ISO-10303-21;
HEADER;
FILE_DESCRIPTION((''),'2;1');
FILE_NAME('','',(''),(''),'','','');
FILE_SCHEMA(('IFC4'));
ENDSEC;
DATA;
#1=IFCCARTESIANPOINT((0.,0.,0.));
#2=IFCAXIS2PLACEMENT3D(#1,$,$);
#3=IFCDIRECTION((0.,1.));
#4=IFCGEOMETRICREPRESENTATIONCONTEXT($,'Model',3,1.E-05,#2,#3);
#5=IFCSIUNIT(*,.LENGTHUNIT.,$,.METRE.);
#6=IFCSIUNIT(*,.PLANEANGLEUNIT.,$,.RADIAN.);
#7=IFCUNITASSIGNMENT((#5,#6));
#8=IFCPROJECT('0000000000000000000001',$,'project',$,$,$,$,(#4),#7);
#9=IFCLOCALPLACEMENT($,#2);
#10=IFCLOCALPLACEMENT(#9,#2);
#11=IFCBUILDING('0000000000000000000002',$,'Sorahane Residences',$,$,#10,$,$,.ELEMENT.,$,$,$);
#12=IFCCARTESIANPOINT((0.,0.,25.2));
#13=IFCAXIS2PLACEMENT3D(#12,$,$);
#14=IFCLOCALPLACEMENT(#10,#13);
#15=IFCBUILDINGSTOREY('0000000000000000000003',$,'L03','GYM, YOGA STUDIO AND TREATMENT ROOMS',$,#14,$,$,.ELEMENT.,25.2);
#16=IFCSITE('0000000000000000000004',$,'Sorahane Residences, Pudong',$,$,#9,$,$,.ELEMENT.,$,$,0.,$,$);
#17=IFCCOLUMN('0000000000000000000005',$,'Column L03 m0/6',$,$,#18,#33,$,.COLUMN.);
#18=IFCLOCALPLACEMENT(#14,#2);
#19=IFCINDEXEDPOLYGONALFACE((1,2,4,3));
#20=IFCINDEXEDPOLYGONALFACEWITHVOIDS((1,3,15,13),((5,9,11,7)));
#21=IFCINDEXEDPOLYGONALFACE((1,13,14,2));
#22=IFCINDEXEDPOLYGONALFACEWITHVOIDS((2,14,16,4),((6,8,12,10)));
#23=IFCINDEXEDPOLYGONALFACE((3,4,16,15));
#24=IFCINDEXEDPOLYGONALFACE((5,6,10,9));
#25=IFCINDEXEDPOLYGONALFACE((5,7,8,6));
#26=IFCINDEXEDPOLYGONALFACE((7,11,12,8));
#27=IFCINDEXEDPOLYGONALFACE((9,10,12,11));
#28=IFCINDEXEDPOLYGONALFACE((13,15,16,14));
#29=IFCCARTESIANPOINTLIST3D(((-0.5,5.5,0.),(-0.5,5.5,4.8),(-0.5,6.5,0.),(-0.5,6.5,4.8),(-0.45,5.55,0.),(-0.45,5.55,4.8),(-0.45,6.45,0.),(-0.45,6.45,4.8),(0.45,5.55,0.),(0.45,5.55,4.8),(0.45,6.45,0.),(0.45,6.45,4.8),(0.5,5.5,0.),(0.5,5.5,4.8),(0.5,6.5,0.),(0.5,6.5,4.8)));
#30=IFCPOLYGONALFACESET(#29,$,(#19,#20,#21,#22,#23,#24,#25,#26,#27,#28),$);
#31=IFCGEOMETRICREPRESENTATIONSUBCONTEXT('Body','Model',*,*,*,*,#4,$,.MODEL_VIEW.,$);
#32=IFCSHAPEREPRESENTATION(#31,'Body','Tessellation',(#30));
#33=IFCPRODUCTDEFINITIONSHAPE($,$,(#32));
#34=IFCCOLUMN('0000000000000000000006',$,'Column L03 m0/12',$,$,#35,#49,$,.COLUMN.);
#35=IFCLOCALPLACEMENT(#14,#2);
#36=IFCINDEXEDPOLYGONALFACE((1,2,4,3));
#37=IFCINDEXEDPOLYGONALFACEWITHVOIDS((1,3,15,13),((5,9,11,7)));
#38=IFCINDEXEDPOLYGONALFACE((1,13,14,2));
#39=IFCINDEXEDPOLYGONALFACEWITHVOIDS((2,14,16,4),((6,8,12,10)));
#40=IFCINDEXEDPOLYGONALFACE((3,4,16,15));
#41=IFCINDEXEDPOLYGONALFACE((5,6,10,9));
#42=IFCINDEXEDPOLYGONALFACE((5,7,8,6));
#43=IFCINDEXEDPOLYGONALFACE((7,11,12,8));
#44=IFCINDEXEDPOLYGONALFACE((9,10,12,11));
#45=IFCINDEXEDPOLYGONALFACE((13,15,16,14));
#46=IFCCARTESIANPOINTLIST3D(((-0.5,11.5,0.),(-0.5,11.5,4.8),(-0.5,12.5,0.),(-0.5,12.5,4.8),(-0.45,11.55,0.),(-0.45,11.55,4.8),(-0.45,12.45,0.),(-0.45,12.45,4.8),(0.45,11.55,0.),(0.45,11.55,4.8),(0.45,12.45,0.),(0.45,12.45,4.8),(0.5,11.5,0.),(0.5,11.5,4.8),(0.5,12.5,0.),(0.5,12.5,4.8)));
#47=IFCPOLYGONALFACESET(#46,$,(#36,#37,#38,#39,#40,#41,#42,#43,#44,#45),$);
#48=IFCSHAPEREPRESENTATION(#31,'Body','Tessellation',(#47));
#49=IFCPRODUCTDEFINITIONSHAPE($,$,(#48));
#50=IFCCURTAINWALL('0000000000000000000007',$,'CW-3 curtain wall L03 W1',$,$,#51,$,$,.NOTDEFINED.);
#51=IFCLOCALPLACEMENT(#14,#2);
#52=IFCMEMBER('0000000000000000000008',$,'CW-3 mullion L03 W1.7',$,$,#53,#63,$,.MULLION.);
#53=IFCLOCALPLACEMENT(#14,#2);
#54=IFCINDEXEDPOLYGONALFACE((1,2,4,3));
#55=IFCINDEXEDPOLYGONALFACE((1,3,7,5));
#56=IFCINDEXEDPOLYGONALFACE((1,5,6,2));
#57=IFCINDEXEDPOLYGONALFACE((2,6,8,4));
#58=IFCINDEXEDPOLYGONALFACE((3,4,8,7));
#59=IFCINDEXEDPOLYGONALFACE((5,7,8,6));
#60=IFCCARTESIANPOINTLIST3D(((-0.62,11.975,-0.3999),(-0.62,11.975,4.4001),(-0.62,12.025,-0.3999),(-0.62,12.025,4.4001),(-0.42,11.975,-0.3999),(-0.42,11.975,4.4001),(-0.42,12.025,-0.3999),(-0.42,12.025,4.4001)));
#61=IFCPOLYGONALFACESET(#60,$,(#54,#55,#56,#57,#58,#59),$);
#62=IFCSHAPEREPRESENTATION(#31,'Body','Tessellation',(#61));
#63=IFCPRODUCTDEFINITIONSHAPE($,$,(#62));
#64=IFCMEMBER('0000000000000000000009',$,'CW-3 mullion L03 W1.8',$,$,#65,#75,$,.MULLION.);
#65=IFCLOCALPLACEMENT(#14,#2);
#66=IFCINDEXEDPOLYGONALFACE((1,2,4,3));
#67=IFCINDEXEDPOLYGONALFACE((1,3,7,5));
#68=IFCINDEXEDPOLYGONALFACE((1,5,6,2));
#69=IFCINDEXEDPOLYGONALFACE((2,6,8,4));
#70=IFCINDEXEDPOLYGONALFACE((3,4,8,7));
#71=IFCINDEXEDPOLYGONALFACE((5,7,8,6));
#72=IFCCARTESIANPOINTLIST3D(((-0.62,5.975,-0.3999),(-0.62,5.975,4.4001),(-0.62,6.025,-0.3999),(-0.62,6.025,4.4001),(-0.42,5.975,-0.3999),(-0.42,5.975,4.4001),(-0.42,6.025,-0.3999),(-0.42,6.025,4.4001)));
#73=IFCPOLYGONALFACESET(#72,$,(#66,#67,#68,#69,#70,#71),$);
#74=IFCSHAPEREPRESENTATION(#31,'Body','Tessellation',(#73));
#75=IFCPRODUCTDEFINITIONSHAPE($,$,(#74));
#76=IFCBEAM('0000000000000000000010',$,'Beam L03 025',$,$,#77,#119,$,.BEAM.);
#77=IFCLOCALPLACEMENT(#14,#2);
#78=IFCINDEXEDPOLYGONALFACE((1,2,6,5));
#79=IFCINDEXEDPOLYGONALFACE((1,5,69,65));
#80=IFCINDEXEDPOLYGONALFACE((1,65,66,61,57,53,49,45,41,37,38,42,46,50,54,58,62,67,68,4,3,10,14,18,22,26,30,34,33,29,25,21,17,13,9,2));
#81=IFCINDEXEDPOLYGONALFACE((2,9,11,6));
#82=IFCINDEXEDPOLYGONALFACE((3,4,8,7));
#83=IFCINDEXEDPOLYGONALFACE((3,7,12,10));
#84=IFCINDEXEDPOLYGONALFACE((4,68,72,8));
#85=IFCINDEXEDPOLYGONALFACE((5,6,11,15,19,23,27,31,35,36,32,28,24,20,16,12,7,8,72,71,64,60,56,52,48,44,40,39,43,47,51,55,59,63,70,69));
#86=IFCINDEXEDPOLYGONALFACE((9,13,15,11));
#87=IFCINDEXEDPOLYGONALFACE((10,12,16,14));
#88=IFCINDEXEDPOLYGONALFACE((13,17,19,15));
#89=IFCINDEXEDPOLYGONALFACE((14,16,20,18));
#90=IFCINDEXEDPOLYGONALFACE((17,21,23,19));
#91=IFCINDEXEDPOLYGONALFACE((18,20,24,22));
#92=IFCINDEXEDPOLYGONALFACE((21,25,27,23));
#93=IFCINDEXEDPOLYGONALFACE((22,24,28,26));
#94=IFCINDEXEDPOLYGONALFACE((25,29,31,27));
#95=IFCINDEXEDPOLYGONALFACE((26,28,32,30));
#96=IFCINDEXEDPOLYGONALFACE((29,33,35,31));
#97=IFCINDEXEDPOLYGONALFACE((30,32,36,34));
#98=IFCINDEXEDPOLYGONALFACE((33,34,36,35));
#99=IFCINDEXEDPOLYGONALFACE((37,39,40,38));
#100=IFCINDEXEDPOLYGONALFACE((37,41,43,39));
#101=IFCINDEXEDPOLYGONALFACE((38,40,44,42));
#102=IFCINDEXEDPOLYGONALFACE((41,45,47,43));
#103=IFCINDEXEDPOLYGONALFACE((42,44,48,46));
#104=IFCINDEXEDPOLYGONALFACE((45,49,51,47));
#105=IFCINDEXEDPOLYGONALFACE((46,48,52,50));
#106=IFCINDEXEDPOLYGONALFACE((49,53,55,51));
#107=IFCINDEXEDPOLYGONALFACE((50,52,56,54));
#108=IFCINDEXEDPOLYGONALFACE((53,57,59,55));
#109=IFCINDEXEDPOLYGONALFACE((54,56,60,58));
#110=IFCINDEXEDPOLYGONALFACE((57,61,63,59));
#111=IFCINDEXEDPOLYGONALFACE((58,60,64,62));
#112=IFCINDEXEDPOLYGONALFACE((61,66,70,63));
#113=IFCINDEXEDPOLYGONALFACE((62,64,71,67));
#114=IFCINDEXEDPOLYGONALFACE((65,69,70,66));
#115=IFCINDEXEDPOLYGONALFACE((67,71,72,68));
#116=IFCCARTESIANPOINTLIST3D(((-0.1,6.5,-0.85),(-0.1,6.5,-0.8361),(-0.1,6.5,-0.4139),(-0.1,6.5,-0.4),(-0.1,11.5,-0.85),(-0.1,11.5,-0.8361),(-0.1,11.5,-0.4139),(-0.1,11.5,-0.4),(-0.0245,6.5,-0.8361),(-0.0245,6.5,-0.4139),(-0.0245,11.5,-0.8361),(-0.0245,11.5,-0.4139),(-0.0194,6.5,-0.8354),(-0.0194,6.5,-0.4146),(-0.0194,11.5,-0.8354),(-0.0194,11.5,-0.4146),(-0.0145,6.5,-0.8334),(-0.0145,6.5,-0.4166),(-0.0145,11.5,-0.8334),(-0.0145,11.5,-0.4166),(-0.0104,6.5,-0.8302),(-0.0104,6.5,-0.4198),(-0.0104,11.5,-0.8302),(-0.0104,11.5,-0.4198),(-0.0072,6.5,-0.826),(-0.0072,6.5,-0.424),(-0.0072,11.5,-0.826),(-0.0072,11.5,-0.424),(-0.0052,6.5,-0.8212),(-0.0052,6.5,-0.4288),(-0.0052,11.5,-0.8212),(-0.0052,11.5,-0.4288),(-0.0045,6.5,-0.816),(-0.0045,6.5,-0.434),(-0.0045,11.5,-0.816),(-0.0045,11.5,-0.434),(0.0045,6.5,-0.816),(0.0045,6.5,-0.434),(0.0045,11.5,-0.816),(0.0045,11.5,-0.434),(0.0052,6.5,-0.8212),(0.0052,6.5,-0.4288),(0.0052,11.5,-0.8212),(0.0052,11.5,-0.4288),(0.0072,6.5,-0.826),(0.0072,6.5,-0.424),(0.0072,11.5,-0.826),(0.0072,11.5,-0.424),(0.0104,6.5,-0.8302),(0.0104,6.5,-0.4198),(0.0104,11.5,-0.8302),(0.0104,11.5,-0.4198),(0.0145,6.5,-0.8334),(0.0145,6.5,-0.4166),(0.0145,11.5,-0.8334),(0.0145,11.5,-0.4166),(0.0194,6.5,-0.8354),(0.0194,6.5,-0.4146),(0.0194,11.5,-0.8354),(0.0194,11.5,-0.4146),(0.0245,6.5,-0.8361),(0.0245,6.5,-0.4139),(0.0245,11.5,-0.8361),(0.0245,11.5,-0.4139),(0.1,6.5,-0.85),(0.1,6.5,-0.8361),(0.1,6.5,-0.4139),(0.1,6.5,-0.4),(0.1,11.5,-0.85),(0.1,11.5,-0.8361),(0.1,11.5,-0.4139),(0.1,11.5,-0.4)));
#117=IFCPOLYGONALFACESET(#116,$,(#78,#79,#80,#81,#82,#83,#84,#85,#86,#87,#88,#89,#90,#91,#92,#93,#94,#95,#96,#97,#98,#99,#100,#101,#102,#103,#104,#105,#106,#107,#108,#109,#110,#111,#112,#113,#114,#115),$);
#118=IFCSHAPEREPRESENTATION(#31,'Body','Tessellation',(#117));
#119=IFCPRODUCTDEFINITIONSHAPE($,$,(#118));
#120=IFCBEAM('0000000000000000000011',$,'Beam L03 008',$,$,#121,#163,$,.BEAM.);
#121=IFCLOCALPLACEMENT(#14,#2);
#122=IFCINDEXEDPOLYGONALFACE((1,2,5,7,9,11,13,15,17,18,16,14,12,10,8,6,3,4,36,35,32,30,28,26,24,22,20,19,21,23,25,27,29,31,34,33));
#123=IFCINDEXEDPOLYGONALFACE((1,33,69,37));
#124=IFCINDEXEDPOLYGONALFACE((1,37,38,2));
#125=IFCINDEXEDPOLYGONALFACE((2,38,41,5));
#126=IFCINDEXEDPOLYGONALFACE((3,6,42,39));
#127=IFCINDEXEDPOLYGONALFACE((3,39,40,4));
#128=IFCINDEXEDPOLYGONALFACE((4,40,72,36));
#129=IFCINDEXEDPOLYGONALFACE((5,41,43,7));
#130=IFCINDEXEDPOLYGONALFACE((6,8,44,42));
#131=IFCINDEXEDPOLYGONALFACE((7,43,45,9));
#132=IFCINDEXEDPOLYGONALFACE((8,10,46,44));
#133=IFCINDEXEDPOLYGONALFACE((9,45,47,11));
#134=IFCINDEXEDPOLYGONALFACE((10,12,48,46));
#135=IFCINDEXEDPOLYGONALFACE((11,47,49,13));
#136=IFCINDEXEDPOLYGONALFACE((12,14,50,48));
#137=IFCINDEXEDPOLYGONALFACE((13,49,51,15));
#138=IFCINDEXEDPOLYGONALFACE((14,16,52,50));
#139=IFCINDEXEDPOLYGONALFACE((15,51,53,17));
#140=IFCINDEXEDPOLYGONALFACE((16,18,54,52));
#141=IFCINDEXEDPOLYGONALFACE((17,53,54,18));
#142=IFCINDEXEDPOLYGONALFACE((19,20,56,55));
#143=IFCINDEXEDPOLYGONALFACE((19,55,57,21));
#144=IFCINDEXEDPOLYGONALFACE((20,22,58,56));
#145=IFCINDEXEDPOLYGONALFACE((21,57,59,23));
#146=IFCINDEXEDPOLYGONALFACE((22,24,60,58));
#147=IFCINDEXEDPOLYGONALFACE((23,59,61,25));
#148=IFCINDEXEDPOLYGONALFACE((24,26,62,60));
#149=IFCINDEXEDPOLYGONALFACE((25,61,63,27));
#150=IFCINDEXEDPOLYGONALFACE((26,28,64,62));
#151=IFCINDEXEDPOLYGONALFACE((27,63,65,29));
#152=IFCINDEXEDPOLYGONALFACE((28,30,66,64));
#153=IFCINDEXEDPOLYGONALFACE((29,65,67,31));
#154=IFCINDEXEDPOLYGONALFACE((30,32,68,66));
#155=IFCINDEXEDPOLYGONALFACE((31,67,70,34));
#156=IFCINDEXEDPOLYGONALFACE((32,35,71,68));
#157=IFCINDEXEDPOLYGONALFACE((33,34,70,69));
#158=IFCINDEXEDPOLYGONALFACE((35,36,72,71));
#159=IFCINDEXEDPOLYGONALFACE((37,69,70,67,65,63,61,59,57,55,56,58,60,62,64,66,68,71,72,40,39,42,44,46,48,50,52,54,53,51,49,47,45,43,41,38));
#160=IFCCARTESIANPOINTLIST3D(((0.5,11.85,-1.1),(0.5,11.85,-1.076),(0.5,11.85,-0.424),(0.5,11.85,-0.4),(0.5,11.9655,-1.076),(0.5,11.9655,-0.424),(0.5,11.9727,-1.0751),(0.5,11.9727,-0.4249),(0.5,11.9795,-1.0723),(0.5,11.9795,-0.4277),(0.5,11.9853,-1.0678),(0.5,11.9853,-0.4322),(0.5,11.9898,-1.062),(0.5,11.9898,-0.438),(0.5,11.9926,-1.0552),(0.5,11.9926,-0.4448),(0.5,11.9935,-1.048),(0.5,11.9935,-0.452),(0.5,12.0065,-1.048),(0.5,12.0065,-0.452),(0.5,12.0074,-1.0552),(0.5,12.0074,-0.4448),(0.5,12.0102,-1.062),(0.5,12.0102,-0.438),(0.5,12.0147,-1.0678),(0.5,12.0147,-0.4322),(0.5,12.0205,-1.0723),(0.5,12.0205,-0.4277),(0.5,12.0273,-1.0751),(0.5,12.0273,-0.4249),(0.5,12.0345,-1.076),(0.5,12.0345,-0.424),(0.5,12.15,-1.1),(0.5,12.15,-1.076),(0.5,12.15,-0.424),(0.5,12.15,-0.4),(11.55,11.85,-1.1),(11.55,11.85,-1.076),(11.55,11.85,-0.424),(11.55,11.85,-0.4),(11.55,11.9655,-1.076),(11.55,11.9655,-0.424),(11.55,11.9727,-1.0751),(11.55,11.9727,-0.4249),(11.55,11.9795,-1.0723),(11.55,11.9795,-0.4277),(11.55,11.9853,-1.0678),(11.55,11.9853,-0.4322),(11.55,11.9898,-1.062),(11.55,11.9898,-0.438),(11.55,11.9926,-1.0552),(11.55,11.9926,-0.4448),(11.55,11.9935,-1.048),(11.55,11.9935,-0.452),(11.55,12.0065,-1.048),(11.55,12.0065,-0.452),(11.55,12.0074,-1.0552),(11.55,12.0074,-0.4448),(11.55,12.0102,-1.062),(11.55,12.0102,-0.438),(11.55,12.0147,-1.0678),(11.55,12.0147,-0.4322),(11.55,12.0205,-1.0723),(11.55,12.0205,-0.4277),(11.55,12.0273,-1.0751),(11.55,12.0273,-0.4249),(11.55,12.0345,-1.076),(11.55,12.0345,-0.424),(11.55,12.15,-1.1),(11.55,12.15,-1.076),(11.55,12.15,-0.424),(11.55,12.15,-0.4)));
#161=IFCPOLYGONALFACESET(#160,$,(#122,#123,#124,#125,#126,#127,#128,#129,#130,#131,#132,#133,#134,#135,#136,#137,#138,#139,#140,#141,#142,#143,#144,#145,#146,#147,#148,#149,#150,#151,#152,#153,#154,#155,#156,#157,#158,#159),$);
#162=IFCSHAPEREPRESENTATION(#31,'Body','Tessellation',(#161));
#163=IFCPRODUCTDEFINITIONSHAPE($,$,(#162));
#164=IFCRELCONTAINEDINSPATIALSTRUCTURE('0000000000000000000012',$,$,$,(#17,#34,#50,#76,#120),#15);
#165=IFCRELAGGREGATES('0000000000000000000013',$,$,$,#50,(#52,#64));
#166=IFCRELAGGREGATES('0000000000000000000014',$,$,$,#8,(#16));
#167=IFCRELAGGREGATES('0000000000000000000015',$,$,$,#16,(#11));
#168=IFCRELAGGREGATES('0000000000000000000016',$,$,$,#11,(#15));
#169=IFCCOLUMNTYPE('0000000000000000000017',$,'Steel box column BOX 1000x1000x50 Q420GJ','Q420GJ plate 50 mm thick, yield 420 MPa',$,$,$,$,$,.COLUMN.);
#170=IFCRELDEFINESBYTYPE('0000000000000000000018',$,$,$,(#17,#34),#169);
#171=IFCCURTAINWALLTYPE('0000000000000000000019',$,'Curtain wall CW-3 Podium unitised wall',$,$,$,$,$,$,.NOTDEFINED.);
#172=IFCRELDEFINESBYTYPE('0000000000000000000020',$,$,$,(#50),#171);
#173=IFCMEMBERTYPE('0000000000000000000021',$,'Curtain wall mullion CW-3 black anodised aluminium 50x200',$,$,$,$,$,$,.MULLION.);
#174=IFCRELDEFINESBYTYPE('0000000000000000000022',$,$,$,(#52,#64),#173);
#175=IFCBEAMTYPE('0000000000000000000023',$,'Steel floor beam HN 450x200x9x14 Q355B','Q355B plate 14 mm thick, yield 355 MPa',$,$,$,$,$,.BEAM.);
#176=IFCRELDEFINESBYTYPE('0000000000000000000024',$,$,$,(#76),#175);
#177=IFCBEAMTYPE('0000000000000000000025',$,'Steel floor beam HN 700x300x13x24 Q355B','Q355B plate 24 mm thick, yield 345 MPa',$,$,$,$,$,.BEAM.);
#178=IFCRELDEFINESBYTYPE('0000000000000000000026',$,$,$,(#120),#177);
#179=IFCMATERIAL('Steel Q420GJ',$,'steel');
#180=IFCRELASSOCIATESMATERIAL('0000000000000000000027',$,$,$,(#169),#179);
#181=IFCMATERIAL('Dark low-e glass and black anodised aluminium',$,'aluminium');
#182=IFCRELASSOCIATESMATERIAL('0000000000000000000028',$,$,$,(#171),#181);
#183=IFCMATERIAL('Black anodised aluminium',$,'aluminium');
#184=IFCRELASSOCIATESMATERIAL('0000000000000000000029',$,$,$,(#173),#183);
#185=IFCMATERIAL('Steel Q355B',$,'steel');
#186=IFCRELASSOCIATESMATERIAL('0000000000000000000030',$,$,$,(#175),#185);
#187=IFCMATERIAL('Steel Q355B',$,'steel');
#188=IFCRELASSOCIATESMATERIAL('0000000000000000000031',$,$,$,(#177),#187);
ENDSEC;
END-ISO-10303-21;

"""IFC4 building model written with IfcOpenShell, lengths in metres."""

from ifc_helpers import new_model, si_unit, direction, frame, origin, origin_2d, place, context, subcontext, project, spatial, rectangle, hollow_rectangle, i_section, extrude, material, material_profile, profile_set, type_object, element, aggregate, save


model = new_model("IFC4")

# Units and contexts
model_context = context("Model", 3, precision=1e-05, world=origin(), true_north=direction((0.0, 1.0)))
body_context = subcontext(model_context, "Body", "Model", "MODEL_VIEW")
ifc_project = project(units=[si_unit("LENGTHUNIT", "METRE"), si_unit("PLANEANGLEUNIT", "RADIAN")], contexts=[model_context])

# Site, building, storey
site_placement = place(None, origin())
site = spatial("IfcSite", under=ifc_project, at=site_placement, Name="Sorahane Residences, Pudong", CompositionType="ELEMENT", RefElevation=0.0)
building_placement = place(site_placement, origin())
building = spatial("IfcBuilding", under=site, at=building_placement, Name="Sorahane Residences", CompositionType="ELEMENT")
storey_placement = place(building_placement, frame((0.0, 0.0, 25.2)))
storey = spatial("IfcBuildingStorey", under=building, at=storey_placement, Name="L03", Description="GYM, YOGA STUDIO AND TREATMENT ROOMS", CompositionType="ELEMENT", Elevation=25.2)

# Columns
ifc_material_1 = material(Name="Steel Q420GJ", Category="steel")
ifc_material_profile_1 = material_profile(ifc_material_1, hollow_rectangle(XDim=1.0, YDim=1.0, WallThickness=0.05, at=origin_2d()), Name="BOX 1000x1000x50")
ifc_profile_set_1 = profile_set([ifc_material_profile_1], Name="Steel Q420GJ")
column_type = type_object("IfcColumnType", Name="Steel box column BOX 1000x1000x50 Q420GJ", Description="Q420GJ plate 50 mm thick, yield 420 MPa", PredefinedType="COLUMN", material=ifc_profile_set_1)
for number, where, z_axis, x_axis, name in (
    (1, (0.0, 6.0, 0.0), (0.0, 0.0, 1.0), (1.0, 0.0, 0.0), "Column L03 m0/6"),
    (2, (0.0, 12.0, 0.0), (0.0, 0.0, 1.0), (1.0, 0.0, 0.0), "Column L03 m0/12"),
):
    element("IfcColumn", number, at=place(storey_placement, frame(where, z_axis=z_axis, x_axis=x_axis)), inside=storey, type_object=column_type, Name=name, PredefinedType="COLUMN", context=body_context, shape_type="SweptSolid", body=[
        extrude(hollow_rectangle(XDim=1.0, YDim=1.0, WallThickness=0.05, at=origin_2d()), origin(), (0.0, 0.0, 1.0), 4.8),
    ])

# Curtain wall, members
ifc_material_2 = material(Name="Dark low-e glass and black anodised aluminium", Category="aluminium")
curtain_wall_type = type_object("IfcCurtainWallType", Name="Curtain wall CW-3 Podium unitised wall", PredefinedType="NOTDEFINED", material=ifc_material_2)
curtain_wall_placement = place(storey_placement, origin())
curtain_wall = element("IfcCurtainWall", 3, at=curtain_wall_placement, inside=storey, type_object=curtain_wall_type, Name="CW-3 curtain wall L03 W1", PredefinedType="NOTDEFINED")
ifc_material_3 = material(Name="Black anodised aluminium", Category="aluminium")
ifc_material_profile_2 = material_profile(ifc_material_3, rectangle(XDim=0.2, YDim=0.05, at=origin_2d()), Name="Curtain wall mullion CW-3 black anodised aluminium 50x200")
ifc_profile_set_2 = profile_set([ifc_material_profile_2], Name="Black anodised aluminium")
member_type = type_object("IfcMemberType", Name="Curtain wall mullion CW-3 black anodised aluminium 50x200", PredefinedType="MULLION", material=ifc_profile_set_2)
member_1_placement = place(storey_placement, frame((-0.52, 12.0, -0.3999), z_axis=(0.0, 0.0, 1.0), x_axis=(-1.0, 0.0, 0.0)))
member_1 = element("IfcMember", 4, at=member_1_placement, type_object=member_type, Name="CW-3 mullion L03 W1.7", PredefinedType="MULLION", context=body_context, shape_type="SweptSolid", body=[
    extrude(rectangle(XDim=0.2, YDim=0.05, at=origin_2d()), origin(), (0.0, 0.0, 1.0), 4.8),
])
member_2_placement = place(storey_placement, frame((-0.52, 6.0, -0.3999), z_axis=(0.0, 0.0, 1.0), x_axis=(-1.0, 0.0, 0.0)))
member_2 = element("IfcMember", 5, at=member_2_placement, type_object=member_type, Name="CW-3 mullion L03 W1.8", PredefinedType="MULLION", context=body_context, shape_type="SweptSolid", body=[
    extrude(rectangle(XDim=0.2, YDim=0.05, at=origin_2d()), origin(), (0.0, 0.0, 1.0), 4.8),
])

# Beams
ifc_material_4 = material(Name="Steel Q355B", Category="steel")
ifc_material_profile_3 = material_profile(ifc_material_4, i_section(OverallWidth=0.2, OverallDepth=0.45, WebThickness=0.009, FlangeThickness=0.0139, FilletRadius=0.02, at=origin_2d()), Name="HN 450x200x9x14")
ifc_profile_set_3 = profile_set([ifc_material_profile_3], Name="Steel Q355B")
beam_type_1 = type_object("IfcBeamType", Name="Steel floor beam HN 450x200x9x14 Q355B", Description="Q355B plate 14 mm thick, yield 355 MPa", PredefinedType="BEAM", material=ifc_profile_set_3)
beam_1_placement = place(storey_placement, frame((0.0, 6.5, -0.625), z_axis=(0.0, 1.0, 0.0), x_axis=(-1.0, 0.0, 0.0)))
element("IfcBeam", 6, at=beam_1_placement, inside=storey, type_object=beam_type_1, Name="Beam L03 025", PredefinedType="BEAM", context=body_context, shape_type="SweptSolid", body=[
    extrude(i_section(OverallWidth=0.2, OverallDepth=0.45, WebThickness=0.009, FlangeThickness=0.0139, FilletRadius=0.02, at=origin_2d()), origin(), (0.0, 0.0, 1.0), 5.0),
])
ifc_material_5 = material(Name="Steel Q355B", Category="steel")
ifc_material_profile_4 = material_profile(ifc_material_5, i_section(OverallWidth=0.3, OverallDepth=0.7, WebThickness=0.0129, FlangeThickness=0.0239, FilletRadius=0.0281, at=origin_2d()), Name="HN 700x300x13x24")
ifc_profile_set_4 = profile_set([ifc_material_profile_4], Name="Steel Q355B")
beam_type_2 = type_object("IfcBeamType", Name="Steel floor beam HN 700x300x13x24 Q355B", Description="Q355B plate 24 mm thick, yield 345 MPa", PredefinedType="BEAM", material=ifc_profile_set_4)
beam_2_placement = place(storey_placement, frame((0.5, 12.0, -0.75), z_axis=(1.0, 0.0, 0.0), x_axis=(0.0, 1.0, 0.0)))
element("IfcBeam", 7, at=beam_2_placement, inside=storey, type_object=beam_type_2, Name="Beam L03 008", PredefinedType="BEAM", context=body_context, shape_type="SweptSolid", body=[
    extrude(i_section(OverallWidth=0.3, OverallDepth=0.7, WebThickness=0.0129, FlangeThickness=0.0239, FilletRadius=0.0281, at=origin_2d()), origin(), (0.0, 0.0, 1.0), 11.05),
])

aggregate(curtain_wall, [member_1, member_2])

save(model, "model.ifc")
